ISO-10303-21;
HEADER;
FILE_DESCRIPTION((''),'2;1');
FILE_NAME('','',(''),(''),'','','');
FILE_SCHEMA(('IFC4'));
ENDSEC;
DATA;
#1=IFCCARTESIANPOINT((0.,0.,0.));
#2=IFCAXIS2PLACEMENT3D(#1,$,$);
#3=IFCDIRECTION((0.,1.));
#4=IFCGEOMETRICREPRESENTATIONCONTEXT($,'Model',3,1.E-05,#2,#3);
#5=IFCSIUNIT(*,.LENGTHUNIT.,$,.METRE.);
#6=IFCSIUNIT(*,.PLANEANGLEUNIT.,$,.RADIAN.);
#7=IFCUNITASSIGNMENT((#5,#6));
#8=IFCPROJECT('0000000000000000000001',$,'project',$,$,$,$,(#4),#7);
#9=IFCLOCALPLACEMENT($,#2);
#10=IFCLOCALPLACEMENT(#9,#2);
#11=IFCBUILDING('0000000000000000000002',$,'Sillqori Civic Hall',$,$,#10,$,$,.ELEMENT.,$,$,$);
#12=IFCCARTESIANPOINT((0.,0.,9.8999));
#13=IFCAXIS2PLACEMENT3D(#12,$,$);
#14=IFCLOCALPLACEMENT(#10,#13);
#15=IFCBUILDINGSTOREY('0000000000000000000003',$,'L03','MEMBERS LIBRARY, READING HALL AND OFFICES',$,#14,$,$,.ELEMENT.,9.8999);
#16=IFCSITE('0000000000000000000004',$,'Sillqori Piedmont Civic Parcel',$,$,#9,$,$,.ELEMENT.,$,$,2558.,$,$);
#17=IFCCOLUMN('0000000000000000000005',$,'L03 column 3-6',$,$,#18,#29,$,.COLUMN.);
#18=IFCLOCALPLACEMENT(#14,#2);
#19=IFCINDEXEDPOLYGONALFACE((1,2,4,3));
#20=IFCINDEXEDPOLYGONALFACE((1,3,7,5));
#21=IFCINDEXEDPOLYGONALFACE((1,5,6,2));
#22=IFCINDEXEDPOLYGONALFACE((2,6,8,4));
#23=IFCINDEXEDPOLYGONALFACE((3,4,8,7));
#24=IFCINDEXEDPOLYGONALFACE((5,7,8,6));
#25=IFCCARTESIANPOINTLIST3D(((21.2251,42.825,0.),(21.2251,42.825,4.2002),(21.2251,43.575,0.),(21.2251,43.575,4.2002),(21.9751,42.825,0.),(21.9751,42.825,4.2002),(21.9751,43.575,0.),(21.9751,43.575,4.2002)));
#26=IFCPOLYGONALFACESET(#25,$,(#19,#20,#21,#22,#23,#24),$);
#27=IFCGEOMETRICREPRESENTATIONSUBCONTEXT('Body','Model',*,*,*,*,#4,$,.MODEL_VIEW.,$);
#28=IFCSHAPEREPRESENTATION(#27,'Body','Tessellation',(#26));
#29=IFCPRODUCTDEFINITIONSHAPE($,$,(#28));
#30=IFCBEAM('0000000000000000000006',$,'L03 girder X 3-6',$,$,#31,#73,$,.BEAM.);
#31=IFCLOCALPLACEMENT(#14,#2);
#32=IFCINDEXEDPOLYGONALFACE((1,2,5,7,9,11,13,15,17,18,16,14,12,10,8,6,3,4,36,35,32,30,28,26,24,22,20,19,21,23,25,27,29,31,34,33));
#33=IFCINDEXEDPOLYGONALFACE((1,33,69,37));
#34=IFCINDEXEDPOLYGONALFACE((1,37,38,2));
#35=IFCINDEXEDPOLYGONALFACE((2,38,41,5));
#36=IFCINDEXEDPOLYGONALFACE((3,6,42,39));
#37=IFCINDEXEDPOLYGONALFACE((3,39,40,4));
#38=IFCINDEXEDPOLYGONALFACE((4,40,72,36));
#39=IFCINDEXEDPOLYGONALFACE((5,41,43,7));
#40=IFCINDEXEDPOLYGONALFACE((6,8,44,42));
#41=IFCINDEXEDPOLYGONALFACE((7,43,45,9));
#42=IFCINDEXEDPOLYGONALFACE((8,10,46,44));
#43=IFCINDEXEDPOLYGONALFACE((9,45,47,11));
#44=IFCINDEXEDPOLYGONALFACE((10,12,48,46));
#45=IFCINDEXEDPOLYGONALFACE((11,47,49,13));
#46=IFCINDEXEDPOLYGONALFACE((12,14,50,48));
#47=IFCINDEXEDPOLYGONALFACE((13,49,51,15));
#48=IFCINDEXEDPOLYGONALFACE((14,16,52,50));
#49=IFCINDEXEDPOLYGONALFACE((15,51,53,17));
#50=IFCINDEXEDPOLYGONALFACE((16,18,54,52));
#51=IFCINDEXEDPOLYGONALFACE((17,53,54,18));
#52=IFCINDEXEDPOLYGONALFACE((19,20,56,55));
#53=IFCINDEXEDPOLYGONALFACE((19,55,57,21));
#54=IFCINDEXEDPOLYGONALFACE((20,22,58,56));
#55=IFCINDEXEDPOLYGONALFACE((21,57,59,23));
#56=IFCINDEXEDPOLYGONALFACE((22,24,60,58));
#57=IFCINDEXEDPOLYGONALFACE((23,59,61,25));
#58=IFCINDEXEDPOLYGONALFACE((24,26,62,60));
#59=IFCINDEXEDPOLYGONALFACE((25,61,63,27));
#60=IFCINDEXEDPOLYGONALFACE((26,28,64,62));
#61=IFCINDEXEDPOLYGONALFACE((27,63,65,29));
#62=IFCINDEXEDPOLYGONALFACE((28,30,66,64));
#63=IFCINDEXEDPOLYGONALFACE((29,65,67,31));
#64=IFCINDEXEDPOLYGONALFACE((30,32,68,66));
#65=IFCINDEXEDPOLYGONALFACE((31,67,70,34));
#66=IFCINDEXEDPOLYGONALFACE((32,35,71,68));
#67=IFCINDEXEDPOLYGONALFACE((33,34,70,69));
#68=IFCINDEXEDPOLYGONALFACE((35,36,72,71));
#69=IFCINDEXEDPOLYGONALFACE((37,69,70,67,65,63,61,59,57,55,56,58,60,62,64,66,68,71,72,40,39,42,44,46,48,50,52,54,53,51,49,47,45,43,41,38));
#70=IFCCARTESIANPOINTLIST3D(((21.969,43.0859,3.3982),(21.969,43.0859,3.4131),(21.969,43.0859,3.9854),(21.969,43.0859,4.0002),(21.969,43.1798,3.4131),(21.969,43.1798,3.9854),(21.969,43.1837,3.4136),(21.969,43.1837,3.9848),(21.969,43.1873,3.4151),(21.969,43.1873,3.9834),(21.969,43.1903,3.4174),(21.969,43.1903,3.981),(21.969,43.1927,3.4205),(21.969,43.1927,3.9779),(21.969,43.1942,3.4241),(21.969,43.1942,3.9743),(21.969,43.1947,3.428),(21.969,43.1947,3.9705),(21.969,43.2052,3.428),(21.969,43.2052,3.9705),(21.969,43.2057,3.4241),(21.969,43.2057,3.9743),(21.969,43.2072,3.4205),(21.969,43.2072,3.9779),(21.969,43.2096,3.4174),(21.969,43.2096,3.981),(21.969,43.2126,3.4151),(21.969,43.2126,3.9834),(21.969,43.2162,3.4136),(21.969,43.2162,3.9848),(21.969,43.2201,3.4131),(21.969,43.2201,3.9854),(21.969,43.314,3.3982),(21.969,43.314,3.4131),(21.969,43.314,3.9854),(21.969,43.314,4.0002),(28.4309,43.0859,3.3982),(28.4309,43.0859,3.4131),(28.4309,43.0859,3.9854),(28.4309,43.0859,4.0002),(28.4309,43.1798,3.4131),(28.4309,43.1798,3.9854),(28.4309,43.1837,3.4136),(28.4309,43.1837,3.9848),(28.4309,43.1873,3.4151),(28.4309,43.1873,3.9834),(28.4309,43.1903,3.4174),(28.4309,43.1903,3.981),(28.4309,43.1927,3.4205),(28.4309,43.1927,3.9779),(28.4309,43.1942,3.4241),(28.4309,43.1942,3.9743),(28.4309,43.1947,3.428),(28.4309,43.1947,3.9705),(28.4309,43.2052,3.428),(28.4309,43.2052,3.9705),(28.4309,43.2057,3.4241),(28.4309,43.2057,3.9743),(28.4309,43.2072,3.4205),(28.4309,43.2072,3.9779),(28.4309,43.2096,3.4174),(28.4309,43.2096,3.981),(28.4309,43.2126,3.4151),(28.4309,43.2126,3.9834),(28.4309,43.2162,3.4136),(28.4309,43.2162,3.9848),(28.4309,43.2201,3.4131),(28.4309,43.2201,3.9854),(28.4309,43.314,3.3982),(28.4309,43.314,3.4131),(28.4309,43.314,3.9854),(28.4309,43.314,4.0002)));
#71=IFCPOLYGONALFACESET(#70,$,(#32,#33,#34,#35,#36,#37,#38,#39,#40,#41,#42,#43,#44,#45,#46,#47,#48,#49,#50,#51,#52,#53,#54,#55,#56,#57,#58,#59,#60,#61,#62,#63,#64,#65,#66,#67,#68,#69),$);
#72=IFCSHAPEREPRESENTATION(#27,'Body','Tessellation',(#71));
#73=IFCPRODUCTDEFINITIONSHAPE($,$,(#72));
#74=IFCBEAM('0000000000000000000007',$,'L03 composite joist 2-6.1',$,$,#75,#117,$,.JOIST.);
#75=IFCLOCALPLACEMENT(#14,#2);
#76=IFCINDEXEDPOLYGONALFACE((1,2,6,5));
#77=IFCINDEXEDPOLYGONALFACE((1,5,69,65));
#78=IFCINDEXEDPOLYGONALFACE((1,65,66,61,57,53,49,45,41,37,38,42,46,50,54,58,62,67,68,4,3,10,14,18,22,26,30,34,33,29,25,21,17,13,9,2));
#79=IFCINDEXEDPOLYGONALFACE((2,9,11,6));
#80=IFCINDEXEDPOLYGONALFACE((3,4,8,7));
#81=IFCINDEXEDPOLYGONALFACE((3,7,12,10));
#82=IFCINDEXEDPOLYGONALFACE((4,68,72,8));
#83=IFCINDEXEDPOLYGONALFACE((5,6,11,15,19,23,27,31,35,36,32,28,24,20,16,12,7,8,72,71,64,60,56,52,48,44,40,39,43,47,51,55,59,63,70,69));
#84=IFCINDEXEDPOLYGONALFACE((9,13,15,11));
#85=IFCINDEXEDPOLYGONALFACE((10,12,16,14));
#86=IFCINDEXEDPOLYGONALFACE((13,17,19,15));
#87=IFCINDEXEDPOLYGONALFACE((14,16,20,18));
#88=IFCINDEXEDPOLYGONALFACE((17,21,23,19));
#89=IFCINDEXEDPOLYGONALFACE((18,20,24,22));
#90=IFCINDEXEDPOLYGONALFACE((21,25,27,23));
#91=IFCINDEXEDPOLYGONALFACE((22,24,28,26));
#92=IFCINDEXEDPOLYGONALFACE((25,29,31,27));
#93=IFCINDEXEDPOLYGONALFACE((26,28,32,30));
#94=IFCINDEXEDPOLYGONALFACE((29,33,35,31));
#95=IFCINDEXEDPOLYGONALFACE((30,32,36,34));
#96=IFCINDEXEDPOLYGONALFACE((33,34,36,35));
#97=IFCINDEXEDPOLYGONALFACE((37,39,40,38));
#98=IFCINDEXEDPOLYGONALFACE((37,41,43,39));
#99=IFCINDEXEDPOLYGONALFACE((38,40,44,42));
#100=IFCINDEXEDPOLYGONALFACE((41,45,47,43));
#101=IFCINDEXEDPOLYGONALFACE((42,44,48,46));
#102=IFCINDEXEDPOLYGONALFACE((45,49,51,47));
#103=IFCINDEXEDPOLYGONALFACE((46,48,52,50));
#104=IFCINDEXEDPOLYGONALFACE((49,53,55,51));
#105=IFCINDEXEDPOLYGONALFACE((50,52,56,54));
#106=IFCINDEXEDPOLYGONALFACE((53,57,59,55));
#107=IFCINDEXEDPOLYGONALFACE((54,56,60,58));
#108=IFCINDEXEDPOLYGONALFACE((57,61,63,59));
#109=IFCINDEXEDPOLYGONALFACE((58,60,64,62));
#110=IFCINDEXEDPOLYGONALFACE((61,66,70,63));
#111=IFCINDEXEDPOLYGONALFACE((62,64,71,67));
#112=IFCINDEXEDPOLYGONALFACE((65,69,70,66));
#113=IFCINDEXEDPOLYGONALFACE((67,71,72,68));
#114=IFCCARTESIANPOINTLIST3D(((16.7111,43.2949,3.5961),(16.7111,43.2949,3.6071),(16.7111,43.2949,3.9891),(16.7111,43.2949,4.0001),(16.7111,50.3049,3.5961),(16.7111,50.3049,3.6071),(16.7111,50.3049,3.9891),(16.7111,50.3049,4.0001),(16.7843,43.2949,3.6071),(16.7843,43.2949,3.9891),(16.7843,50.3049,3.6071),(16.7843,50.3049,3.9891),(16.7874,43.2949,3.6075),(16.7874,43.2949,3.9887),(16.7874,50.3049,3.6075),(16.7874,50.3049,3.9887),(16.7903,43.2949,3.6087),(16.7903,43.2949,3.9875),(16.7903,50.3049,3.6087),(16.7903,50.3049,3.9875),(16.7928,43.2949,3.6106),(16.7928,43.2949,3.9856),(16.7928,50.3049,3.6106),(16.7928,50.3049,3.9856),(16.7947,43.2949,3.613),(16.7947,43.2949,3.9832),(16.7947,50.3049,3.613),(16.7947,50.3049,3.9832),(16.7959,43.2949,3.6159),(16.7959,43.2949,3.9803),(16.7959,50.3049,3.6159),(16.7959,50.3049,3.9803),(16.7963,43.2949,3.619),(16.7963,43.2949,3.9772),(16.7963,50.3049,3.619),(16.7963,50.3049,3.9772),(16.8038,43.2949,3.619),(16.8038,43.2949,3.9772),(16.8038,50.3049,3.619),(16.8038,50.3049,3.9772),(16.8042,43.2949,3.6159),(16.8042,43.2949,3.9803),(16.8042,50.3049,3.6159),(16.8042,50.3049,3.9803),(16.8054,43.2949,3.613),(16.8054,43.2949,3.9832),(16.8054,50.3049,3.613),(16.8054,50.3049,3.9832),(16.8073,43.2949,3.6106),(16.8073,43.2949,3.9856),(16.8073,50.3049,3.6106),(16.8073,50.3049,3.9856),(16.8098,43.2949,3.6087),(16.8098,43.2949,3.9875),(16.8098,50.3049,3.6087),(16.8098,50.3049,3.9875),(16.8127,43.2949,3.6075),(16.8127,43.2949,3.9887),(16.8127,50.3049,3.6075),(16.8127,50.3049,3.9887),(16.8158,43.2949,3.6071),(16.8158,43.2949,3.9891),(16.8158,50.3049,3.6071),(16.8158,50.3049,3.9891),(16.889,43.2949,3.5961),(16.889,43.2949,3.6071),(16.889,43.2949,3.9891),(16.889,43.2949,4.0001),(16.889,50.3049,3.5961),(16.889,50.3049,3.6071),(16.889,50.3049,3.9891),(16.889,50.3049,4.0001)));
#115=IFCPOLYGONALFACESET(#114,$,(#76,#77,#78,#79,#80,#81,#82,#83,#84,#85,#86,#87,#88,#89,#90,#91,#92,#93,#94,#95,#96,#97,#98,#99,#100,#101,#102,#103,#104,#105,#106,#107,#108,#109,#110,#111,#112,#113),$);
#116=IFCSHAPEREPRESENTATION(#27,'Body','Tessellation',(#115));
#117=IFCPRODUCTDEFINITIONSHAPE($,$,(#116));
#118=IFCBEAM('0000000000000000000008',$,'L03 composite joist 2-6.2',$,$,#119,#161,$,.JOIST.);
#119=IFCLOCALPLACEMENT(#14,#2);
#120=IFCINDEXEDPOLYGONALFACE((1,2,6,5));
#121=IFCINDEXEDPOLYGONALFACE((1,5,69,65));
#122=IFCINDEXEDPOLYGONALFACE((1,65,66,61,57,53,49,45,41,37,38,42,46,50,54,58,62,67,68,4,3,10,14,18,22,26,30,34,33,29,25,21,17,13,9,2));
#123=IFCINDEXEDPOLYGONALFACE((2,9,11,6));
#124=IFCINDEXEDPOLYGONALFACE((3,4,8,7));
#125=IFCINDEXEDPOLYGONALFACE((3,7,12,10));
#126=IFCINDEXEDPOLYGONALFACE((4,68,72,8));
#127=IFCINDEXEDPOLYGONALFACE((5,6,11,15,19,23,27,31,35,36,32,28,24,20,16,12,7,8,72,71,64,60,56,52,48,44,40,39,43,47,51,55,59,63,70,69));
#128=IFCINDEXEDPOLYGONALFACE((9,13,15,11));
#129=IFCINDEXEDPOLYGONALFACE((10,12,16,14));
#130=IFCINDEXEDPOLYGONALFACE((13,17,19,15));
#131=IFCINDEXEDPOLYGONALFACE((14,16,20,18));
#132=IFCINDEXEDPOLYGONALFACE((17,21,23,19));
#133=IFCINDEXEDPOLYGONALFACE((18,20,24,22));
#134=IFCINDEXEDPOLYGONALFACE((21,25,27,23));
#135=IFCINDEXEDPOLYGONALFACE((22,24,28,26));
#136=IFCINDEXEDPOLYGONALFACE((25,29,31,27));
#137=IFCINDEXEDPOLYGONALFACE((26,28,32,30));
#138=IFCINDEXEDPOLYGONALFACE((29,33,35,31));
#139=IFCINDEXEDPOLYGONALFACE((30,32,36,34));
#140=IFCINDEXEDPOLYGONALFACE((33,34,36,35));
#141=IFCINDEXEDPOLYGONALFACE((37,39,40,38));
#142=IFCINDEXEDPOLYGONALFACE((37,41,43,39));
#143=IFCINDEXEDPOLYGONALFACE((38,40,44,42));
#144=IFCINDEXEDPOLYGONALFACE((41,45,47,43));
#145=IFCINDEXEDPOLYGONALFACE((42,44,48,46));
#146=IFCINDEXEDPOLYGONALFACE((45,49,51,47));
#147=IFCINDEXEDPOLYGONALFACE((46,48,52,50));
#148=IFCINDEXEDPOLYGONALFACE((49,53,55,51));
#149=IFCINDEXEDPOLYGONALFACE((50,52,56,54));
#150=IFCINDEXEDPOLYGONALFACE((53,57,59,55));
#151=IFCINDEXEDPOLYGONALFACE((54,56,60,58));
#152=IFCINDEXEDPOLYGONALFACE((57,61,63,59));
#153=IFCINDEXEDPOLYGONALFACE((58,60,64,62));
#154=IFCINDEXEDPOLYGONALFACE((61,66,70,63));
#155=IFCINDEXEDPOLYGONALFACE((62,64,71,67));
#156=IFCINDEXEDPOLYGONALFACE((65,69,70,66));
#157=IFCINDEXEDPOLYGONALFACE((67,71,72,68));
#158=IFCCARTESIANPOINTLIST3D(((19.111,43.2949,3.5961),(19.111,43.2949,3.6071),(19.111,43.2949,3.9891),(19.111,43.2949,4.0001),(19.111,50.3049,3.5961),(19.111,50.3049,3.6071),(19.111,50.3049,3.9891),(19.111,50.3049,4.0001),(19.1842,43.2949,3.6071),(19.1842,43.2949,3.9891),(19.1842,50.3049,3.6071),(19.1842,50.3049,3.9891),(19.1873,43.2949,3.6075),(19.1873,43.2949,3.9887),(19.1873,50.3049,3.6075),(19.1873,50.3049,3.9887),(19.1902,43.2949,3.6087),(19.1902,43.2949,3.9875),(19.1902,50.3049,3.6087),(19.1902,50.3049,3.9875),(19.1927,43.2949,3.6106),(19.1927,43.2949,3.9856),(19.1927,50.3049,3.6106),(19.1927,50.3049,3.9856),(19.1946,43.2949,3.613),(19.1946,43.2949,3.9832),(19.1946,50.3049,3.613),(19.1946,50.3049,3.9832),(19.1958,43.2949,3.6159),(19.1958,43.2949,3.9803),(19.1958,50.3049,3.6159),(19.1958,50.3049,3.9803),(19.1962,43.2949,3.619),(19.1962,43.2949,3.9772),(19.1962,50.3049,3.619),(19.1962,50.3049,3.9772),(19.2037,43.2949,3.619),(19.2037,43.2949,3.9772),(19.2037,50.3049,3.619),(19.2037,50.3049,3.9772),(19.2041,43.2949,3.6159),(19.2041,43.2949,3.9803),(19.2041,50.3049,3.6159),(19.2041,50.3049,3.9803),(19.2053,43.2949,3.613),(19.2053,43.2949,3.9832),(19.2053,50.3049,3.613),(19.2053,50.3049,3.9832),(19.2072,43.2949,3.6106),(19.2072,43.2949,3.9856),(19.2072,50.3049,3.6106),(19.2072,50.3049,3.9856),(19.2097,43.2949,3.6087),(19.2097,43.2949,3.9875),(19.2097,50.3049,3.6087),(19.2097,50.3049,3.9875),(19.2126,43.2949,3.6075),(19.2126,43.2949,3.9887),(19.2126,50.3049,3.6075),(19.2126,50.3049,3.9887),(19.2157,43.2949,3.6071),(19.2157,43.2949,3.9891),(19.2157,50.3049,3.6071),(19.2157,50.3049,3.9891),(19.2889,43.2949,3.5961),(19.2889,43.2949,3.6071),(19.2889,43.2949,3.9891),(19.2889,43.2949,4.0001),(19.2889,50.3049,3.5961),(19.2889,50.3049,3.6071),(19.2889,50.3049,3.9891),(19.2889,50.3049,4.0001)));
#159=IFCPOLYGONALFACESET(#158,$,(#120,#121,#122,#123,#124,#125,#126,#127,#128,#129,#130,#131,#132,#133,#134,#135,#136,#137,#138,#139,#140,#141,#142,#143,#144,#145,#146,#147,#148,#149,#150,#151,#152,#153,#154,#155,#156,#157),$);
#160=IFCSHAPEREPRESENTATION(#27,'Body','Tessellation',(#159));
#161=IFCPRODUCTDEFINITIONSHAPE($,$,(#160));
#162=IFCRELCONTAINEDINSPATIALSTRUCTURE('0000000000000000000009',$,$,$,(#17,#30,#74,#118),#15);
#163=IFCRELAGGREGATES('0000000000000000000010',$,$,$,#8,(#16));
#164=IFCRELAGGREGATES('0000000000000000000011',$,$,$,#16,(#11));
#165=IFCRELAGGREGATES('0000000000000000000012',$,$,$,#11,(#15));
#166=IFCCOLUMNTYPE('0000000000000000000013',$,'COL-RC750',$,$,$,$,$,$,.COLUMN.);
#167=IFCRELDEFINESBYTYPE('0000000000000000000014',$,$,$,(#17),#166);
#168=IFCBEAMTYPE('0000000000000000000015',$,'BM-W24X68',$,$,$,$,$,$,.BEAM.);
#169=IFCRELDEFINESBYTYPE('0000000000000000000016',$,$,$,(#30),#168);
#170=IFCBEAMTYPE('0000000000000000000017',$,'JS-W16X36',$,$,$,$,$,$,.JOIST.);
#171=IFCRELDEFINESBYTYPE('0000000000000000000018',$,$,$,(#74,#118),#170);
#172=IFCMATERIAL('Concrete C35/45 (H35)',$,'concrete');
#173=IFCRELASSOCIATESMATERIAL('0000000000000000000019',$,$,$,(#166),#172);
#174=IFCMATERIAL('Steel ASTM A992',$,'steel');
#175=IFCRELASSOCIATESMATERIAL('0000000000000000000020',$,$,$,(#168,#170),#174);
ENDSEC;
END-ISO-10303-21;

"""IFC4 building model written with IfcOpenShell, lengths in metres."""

from ifc_helpers import new_model, si_unit, direction, frame, origin, origin_2d, place, context, subcontext, project, spatial, rectangle, i_section, extrude, material, material_profile, profile_set, type_object, element, save


model = new_model("IFC4")

# Units and contexts
model_context = context("Model", 3, precision=1e-05, world=origin(), true_north=direction((0.0, 1.0)))
body_context = subcontext(model_context, "Body", "Model", "MODEL_VIEW")
ifc_project = project(units=[si_unit("LENGTHUNIT", "METRE"), si_unit("PLANEANGLEUNIT", "RADIAN")], contexts=[model_context])

# Site, building, storey
site_placement = place(None, origin())
site = spatial("IfcSite", under=ifc_project, at=site_placement, Name="Sillqori Piedmont Civic Parcel", CompositionType="ELEMENT", RefElevation=2558.0)
building_placement = place(site_placement, origin())
building = spatial("IfcBuilding", under=site, at=building_placement, Name="Sillqori Civic Hall", CompositionType="ELEMENT")
storey_placement = place(building_placement, frame((0.0, 0.0, 9.8999)))
storey = spatial("IfcBuildingStorey", under=building, at=storey_placement, Name="L03", Description="MEMBERS LIBRARY, READING HALL AND OFFICES", CompositionType="ELEMENT", Elevation=9.8999)

# Column
ifc_material_1 = material(Name="Concrete C35/45 (H35)", Category="concrete")
ifc_material_profile_1 = material_profile(ifc_material_1, rectangle(XDim=0.75, YDim=0.75, at=origin_2d()), Name="RC 750x750")
ifc_profile_set_1 = profile_set([ifc_material_profile_1], Name="Concrete C35/45 (H35)")
column_type = type_object("IfcColumnType", Name="COL-RC750", PredefinedType="COLUMN", material=ifc_profile_set_1)
column_placement = place(storey_placement, frame((21.6001, 43.2, 0.0), z_axis=(0.0, 0.0, 1.0), x_axis=(1.0, 0.0, 0.0)))
element("IfcColumn", 1, at=column_placement, inside=storey, type_object=column_type, Name="L03 column 3-6", PredefinedType="COLUMN", context=body_context, shape_type="SweptSolid", body=[
    extrude(rectangle(XDim=0.75, YDim=0.75, at=origin_2d()), origin(), (0.0, 0.0, 1.0), 4.2002),
])

# Beams
ifc_material_2 = material(Name="Steel ASTM A992", Category="steel")
ifc_material_profile_2 = material_profile(ifc_material_2, i_section(OverallWidth=0.228, OverallDepth=0.6021, WebThickness=0.0105, FlangeThickness=0.0149, FilletRadius=0.0149, at=origin_2d()), Name="W24X68")
ifc_profile_set_2 = profile_set([ifc_material_profile_2], Name="Steel ASTM A992")
beam_type_1 = type_object("IfcBeamType", Name="BM-W24X68", PredefinedType="BEAM", material=ifc_profile_set_2)
beam_placement = place(storey_placement, frame((21.969, 43.2, 3.6992), z_axis=(1.0, 0.0, 0.0), x_axis=(0.0, 1.0, 0.0)))
element("IfcBeam", 2, at=beam_placement, inside=storey, type_object=beam_type_1, Name="L03 girder X 3-6", PredefinedType="BEAM", context=body_context, shape_type="SweptSolid", body=[
    extrude(i_section(OverallWidth=0.228, OverallDepth=0.6021, WebThickness=0.0105, FlangeThickness=0.0149, FilletRadius=0.0149, at=origin_2d()), origin(), (0.0, 0.0, 1.0), 6.4619),
])
ifc_material_profile_3 = material_profile(ifc_material_2, i_section(OverallWidth=0.178, OverallDepth=0.4041, WebThickness=0.0076, FlangeThickness=0.011, FilletRadius=0.012, at=origin_2d()), Name="W16X36")
ifc_profile_set_3 = profile_set([ifc_material_profile_3], Name="Steel ASTM A992")
beam_type_2 = type_object("IfcBeamType", Name="JS-W16X36", PredefinedType="JOIST", material=ifc_profile_set_3)
for number, where, z_axis, x_axis, name in (
    (3, (16.8, 43.2949, 3.7981), (0.0, 1.0, 0.0), (-1.0, 0.0, 0.0), "L03 composite joist 2-6.1"),
    (4, (19.2, 43.2949, 3.7981), (0.0, 1.0, 0.0), (-1.0, 0.0, 0.0), "L03 composite joist 2-6.2"),
):
    element("IfcBeam", number, at=place(storey_placement, frame(where, z_axis=z_axis, x_axis=x_axis)), inside=storey, type_object=beam_type_2, Name=name, PredefinedType="JOIST", context=body_context, shape_type="SweptSolid", body=[
        extrude(i_section(OverallWidth=0.178, OverallDepth=0.4041, WebThickness=0.0076, FlangeThickness=0.011, FilletRadius=0.012, at=origin_2d()), origin(), (0.0, 0.0, 1.0), 7.01),
    ])

save(model, "model.ifc")
